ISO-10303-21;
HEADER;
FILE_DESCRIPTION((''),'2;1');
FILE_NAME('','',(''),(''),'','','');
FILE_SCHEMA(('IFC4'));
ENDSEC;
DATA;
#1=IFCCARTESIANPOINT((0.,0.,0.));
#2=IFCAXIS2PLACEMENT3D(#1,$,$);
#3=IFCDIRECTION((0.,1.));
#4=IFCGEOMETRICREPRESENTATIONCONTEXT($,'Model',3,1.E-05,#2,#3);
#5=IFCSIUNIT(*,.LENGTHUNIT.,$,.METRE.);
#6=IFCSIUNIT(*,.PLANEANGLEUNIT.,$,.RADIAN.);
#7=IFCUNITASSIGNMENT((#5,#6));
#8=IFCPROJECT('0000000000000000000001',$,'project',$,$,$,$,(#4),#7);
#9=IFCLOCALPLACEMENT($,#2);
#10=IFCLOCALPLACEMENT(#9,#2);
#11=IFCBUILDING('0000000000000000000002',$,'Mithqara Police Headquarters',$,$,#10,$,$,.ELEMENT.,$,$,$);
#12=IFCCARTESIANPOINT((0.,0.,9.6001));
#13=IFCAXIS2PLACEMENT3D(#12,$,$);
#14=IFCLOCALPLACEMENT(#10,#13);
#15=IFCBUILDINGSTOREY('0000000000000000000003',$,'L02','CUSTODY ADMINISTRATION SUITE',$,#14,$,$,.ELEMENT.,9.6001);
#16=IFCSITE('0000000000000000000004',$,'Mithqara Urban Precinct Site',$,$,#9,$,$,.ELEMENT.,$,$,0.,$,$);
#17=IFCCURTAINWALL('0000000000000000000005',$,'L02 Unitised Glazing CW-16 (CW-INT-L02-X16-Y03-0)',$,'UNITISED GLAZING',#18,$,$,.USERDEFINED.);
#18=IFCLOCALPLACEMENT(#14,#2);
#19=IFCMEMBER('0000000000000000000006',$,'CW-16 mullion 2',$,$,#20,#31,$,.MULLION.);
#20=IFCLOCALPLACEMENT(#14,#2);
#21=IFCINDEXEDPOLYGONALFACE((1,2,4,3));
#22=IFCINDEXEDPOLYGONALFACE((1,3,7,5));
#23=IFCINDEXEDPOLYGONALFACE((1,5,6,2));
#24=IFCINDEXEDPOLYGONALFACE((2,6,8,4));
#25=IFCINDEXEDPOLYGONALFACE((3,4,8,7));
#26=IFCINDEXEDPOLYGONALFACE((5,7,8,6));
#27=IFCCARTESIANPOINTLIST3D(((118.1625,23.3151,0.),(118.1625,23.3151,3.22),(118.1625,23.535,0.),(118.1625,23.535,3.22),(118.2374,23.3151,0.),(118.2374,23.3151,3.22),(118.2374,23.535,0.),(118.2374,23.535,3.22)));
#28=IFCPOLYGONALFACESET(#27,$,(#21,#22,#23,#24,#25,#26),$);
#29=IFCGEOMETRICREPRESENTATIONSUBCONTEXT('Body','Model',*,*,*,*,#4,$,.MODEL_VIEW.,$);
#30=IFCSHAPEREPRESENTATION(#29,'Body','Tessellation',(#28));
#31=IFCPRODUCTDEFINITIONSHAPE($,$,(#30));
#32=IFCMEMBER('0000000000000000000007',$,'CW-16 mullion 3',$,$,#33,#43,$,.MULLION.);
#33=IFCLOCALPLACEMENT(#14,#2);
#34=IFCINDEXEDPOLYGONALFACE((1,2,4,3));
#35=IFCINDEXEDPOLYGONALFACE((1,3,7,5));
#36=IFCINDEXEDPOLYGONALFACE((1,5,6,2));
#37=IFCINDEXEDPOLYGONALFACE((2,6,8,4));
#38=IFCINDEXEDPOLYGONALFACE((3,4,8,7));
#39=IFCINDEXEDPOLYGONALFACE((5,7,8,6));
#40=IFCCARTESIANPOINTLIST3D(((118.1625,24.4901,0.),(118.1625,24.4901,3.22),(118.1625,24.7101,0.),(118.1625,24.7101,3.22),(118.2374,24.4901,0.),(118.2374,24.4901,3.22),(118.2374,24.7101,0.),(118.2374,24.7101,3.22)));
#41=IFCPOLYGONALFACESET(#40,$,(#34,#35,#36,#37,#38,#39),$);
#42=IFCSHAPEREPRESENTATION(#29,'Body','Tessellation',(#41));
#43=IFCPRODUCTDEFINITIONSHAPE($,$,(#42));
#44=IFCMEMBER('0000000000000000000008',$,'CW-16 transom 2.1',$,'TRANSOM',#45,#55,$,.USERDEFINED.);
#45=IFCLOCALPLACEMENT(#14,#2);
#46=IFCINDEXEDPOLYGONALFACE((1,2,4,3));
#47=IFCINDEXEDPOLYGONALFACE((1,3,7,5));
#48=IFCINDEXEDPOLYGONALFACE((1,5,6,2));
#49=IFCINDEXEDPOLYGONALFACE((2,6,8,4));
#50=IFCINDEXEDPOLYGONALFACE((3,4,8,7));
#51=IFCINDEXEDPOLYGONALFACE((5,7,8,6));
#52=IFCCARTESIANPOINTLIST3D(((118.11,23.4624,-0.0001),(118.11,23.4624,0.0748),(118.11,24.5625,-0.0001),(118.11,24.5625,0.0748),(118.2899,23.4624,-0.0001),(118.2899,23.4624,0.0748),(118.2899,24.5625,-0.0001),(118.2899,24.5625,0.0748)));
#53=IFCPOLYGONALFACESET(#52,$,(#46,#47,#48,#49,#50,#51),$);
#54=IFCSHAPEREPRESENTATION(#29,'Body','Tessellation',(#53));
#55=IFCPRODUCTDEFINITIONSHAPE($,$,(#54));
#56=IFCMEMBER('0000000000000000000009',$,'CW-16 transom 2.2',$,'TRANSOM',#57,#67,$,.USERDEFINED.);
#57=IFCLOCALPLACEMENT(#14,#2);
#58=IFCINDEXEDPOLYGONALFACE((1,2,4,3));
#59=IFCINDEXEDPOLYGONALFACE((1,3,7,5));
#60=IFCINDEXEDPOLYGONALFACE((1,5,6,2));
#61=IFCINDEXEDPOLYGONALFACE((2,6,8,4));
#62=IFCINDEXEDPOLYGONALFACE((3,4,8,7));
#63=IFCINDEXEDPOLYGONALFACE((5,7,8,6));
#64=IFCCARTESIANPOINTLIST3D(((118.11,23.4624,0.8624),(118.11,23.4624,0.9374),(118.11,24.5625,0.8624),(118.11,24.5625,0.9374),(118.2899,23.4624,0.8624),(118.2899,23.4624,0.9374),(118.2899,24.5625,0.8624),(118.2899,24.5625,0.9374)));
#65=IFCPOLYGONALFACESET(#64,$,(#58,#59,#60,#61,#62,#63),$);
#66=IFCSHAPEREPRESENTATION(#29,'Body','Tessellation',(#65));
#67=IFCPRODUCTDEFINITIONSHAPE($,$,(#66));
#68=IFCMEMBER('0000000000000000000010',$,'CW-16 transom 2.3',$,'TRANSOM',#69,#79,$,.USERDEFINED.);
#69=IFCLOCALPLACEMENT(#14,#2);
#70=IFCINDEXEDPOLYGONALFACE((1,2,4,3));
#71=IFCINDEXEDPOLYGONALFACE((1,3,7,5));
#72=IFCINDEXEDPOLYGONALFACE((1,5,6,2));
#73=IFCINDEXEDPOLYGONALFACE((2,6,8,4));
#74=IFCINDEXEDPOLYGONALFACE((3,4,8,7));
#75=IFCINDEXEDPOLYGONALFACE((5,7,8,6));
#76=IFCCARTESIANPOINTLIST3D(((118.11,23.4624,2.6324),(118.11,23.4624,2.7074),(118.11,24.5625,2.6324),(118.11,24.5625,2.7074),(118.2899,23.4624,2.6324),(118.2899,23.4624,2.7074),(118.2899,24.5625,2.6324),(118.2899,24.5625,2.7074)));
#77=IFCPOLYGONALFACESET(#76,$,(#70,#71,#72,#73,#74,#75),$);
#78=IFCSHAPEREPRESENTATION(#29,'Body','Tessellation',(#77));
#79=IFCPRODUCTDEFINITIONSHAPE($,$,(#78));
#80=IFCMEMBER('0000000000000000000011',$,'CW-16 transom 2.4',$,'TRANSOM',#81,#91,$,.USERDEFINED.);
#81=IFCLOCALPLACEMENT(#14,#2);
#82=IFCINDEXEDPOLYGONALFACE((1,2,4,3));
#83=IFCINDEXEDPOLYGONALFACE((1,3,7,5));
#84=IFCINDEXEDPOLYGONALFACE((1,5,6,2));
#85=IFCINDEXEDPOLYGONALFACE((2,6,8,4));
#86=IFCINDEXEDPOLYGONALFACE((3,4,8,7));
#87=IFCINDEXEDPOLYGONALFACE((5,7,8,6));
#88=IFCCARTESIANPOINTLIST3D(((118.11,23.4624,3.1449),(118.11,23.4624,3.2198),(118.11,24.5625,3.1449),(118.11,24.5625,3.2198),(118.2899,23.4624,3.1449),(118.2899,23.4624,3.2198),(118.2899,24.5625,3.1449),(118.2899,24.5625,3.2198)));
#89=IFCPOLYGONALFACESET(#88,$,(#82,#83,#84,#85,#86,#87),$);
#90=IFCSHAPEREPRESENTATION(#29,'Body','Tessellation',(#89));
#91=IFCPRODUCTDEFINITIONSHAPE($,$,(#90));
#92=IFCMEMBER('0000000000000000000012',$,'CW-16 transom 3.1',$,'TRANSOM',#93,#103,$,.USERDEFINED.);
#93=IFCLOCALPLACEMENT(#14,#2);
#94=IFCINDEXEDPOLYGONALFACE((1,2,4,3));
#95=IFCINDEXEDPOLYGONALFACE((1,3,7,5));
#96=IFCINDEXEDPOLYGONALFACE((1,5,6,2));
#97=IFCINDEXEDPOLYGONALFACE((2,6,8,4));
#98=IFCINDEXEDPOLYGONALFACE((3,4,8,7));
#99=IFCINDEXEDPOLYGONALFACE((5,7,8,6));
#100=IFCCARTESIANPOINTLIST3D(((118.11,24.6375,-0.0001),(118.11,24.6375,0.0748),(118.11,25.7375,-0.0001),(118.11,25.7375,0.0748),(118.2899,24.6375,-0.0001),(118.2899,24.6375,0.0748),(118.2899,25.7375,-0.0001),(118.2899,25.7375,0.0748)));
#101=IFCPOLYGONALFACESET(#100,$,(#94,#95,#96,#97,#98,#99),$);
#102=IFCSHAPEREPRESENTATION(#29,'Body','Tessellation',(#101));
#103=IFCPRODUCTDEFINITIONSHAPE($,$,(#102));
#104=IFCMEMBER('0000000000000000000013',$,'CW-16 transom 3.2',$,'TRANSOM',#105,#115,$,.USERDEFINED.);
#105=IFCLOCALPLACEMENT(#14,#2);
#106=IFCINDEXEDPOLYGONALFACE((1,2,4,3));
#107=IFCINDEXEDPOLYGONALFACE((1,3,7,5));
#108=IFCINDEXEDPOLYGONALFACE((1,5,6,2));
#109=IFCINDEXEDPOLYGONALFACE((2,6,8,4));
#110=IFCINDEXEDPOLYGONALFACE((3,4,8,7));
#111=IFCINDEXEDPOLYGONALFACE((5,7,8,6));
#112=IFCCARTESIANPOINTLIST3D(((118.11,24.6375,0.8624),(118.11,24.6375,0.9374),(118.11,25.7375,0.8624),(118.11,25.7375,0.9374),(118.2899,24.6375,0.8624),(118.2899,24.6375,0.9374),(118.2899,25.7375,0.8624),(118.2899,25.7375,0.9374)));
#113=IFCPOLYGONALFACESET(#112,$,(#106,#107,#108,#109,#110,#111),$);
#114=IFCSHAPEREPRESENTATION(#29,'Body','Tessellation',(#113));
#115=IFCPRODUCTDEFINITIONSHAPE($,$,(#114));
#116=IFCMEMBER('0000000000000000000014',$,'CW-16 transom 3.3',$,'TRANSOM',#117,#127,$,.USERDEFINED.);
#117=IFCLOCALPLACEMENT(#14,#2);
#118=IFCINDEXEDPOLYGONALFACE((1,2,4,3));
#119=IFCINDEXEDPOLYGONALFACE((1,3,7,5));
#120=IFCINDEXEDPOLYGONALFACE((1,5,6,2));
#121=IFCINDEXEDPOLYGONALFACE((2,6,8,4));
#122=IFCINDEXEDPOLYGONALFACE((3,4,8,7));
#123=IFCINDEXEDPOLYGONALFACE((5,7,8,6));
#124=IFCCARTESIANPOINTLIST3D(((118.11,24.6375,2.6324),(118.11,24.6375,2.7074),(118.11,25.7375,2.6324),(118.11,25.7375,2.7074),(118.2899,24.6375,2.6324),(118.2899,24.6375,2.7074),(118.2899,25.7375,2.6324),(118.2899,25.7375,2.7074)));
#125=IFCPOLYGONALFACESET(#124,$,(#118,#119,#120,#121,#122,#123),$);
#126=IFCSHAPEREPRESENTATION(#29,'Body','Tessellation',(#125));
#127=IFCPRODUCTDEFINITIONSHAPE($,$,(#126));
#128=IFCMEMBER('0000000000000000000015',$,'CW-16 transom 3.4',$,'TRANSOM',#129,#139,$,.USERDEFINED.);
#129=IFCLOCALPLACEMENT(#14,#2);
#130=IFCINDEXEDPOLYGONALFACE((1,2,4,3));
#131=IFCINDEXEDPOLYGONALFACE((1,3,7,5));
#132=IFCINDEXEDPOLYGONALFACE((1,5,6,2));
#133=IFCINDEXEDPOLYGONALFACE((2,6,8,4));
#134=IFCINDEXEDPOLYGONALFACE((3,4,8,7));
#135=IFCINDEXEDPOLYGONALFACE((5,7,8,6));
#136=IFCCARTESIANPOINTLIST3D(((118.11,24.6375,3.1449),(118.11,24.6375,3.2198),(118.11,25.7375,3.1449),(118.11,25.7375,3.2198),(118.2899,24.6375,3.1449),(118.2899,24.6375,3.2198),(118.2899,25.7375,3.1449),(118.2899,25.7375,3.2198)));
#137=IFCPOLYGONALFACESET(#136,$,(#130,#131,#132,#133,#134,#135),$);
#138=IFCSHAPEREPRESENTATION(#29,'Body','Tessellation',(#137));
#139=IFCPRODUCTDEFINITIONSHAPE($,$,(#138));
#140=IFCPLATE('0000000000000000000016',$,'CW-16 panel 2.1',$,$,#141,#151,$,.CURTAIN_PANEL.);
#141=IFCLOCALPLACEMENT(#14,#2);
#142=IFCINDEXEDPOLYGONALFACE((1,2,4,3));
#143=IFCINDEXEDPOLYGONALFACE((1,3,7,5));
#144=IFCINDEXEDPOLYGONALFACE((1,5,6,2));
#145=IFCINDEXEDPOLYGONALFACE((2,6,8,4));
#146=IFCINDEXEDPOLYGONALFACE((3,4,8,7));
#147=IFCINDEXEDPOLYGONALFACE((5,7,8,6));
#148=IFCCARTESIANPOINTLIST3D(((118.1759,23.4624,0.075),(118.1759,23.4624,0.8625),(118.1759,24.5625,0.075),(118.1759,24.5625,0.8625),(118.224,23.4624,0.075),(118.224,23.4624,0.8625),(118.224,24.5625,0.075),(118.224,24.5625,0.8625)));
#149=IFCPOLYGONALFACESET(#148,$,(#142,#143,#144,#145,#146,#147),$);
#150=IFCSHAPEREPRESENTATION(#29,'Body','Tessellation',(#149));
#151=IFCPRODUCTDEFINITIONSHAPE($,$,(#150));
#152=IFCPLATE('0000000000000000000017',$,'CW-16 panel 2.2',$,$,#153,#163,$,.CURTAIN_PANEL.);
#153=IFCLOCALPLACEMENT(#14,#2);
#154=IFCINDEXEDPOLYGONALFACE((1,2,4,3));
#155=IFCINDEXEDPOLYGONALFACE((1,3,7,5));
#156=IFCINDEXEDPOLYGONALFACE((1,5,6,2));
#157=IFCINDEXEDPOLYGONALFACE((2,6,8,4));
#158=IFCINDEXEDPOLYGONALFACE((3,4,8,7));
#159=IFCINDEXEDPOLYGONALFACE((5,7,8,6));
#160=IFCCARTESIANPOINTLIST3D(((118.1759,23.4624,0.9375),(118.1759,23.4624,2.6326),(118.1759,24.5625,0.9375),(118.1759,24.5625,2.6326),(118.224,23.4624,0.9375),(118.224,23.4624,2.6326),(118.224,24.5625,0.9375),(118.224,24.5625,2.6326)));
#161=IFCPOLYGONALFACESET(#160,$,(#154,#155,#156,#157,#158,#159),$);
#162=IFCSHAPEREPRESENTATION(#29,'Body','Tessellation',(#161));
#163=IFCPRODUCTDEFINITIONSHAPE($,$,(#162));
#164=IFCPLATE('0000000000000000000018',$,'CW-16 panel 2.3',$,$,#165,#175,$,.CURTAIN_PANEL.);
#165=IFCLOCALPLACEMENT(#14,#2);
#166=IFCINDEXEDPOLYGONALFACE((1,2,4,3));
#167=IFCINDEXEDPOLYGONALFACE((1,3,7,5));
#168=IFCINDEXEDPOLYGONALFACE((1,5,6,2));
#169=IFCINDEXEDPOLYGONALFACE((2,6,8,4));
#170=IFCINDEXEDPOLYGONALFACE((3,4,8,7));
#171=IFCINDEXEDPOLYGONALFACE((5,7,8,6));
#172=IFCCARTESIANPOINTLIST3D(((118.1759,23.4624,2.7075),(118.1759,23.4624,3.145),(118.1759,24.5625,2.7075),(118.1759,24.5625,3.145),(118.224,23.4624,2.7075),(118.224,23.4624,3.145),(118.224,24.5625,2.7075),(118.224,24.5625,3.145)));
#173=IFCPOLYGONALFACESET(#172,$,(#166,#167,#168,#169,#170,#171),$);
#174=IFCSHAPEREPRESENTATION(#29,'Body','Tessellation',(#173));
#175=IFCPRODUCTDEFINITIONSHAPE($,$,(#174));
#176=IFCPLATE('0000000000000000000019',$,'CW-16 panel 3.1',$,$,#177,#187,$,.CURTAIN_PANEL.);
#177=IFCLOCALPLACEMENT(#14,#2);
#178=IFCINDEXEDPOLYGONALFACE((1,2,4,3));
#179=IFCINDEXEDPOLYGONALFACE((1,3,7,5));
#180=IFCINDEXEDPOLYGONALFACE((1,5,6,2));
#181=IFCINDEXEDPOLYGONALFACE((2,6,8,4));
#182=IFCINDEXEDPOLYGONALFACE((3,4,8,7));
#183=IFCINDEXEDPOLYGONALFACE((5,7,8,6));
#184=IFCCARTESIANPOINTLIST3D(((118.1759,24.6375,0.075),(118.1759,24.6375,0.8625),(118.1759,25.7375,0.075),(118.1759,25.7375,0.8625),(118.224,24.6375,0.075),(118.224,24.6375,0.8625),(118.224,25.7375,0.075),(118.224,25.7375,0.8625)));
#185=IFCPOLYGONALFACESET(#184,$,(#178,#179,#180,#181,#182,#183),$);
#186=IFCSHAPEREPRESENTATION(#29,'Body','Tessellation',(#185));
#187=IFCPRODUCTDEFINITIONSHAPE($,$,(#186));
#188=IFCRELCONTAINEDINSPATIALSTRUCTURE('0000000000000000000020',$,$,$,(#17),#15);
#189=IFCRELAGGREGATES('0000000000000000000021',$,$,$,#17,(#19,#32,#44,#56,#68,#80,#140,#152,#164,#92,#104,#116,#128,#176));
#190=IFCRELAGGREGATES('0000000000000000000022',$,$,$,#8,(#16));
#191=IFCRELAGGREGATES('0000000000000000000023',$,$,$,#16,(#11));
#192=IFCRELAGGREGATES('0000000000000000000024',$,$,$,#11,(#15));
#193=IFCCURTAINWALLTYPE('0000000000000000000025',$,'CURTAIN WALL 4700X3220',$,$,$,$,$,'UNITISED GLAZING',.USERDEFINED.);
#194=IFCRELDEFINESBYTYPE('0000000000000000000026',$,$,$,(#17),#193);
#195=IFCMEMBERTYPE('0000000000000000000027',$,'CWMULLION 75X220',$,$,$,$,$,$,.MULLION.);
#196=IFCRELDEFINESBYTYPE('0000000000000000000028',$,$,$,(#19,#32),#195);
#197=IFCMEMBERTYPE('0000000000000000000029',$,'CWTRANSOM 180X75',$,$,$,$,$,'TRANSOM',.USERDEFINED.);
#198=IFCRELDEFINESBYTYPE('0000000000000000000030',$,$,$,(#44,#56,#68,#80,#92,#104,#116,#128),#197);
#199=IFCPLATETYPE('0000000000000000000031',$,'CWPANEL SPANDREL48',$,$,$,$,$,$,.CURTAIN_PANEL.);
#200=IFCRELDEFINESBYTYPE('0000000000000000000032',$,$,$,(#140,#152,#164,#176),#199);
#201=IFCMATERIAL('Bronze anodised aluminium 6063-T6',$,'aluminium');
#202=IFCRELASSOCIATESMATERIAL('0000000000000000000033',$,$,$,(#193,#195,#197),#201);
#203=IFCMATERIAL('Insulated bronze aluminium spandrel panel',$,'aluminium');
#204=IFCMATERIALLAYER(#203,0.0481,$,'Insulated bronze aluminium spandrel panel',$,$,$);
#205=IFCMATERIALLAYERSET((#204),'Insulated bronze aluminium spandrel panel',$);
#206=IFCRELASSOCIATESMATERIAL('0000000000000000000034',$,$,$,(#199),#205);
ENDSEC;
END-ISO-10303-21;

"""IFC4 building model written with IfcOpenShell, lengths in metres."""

from ifc_helpers import new_model, si_unit, direction, frame, origin, origin_2d, place, context, subcontext, project, spatial, rectangle, extrude, material, layer, layer_set, material_profile, profile_set, type_object, element, aggregate, save


model = new_model("IFC4")

# Units and contexts
model_context = context("Model", 3, precision=1e-05, world=origin(), true_north=direction((0.0, 1.0)))
body_context = subcontext(model_context, "Body", "Model", "MODEL_VIEW")
ifc_project = project(units=[si_unit("LENGTHUNIT", "METRE"), si_unit("PLANEANGLEUNIT", "RADIAN")], contexts=[model_context])

# Site, building, storey
site_placement = place(None, origin())
site = spatial("IfcSite", under=ifc_project, at=site_placement, Name="Mithqara Urban Precinct Site", CompositionType="ELEMENT", RefElevation=0.0)
building_placement = place(site_placement, origin())
building = spatial("IfcBuilding", under=site, at=building_placement, Name="Mithqara Police Headquarters", CompositionType="ELEMENT")
storey_placement = place(building_placement, frame((0.0, 0.0, 9.6001)))
storey = spatial("IfcBuildingStorey", under=building, at=storey_placement, Name="L02", Description="CUSTODY ADMINISTRATION SUITE", CompositionType="ELEMENT", Elevation=9.6001)

# Curtain wall, members, plates
ifc_material_1 = material(Name="Bronze anodised aluminium 6063-T6", Category="aluminium")
curtain_wall_type = type_object("IfcCurtainWallType", Name="CURTAIN WALL 4700X3220", ElementType="UNITISED GLAZING", PredefinedType="USERDEFINED", material=ifc_material_1)
curtain_wall_placement = place(storey_placement, origin())
curtain_wall = element("IfcCurtainWall", 1, at=curtain_wall_placement, inside=storey, type_object=curtain_wall_type, Name="L02 Unitised Glazing CW-16 (CW-INT-L02-X16-Y03-0)", ObjectType="UNITISED GLAZING", PredefinedType="USERDEFINED")
ifc_material_profile_1 = material_profile(ifc_material_1, rectangle(XDim=0.075, YDim=0.22, at=origin_2d()), Name="CWM 75x220")
ifc_profile_set_1 = profile_set([ifc_material_profile_1], Name="Bronze anodised aluminium 6063-T6")
member_type_1 = type_object("IfcMemberType", Name="CWMULLION 75X220", PredefinedType="MULLION", material=ifc_profile_set_1)
member_1_placement = place(storey_placement, frame((118.2, 23.425, 0.0), z_axis=(0.0, 0.0, 1.0), x_axis=(-1.0, 0.0, 0.0)))
member_1 = element("IfcMember", 2, at=member_1_placement, type_object=member_type_1, Name="CW-16 mullion 2", PredefinedType="MULLION", context=body_context, shape_type="SweptSolid", body=[
    extrude(rectangle(XDim=0.075, YDim=0.22, at=origin_2d()), origin(), (0.0, 0.0, 1.0), 3.22),
])
member_2_placement = place(storey_placement, frame((118.2, 24.6001, 0.0), z_axis=(0.0, 0.0, 1.0), x_axis=(-1.0, 0.0, 0.0)))
member_2 = element("IfcMember", 3, at=member_2_placement, type_object=member_type_1, Name="CW-16 mullion 3", PredefinedType="MULLION", context=body_context, shape_type="SweptSolid", body=[
    extrude(rectangle(XDim=0.075, YDim=0.22, at=origin_2d()), origin(), (0.0, 0.0, 1.0), 3.22),
])
ifc_material_profile_2 = material_profile(ifc_material_1, rectangle(XDim=0.1799, YDim=0.075, at=origin_2d()), Name="CWT 180x75")
ifc_profile_set_2 = profile_set([ifc_material_profile_2], Name="Bronze anodised aluminium 6063-T6")
member_type_2 = type_object("IfcMemberType", Name="CWTRANSOM 180X75", ElementType="TRANSOM", PredefinedType="USERDEFINED", material=ifc_profile_set_2)
member_3_placement = place(storey_placement, frame((118.2, 23.4624, 0.0374), z_axis=(0.0, 1.0, 0.0), x_axis=(-1.0, 0.0, 0.0)))
member_3 = element("IfcMember", 4, at=member_3_placement, type_object=member_type_2, Name="CW-16 transom 2.1", ObjectType="TRANSOM", PredefinedType="USERDEFINED", context=body_context, shape_type="SweptSolid", body=[
    extrude(rectangle(XDim=0.1799, YDim=0.075, at=origin_2d()), origin(), (0.0, 0.0, 1.0), 1.1001),
])
member_4_placement = place(storey_placement, frame((118.2, 23.4624, 0.8999), z_axis=(0.0, 1.0, 0.0), x_axis=(-1.0, 0.0, 0.0)))
member_4 = element("IfcMember", 5, at=member_4_placement, type_object=member_type_2, Name="CW-16 transom 2.2", ObjectType="TRANSOM", PredefinedType="USERDEFINED", context=body_context, shape_type="SweptSolid", body=[
    extrude(rectangle(XDim=0.1799, YDim=0.075, at=origin_2d()), origin(), (0.0, 0.0, 1.0), 1.1001),
])
member_5_placement = place(storey_placement, frame((118.2, 23.4624, 2.6699), z_axis=(0.0, 1.0, 0.0), x_axis=(-1.0, 0.0, 0.0)))
member_5 = element("IfcMember", 6, at=member_5_placement, type_object=member_type_2, Name="CW-16 transom 2.3", ObjectType="TRANSOM", PredefinedType="USERDEFINED", context=body_context, shape_type="SweptSolid", body=[
    extrude(rectangle(XDim=0.1799, YDim=0.075, at=origin_2d()), origin(), (0.0, 0.0, 1.0), 1.1001),
])
member_6_placement = place(storey_placement, frame((118.2, 23.4624, 3.1824), z_axis=(0.0, 1.0, 0.0), x_axis=(-1.0, 0.0, 0.0)))
member_6 = element("IfcMember", 7, at=member_6_placement, type_object=member_type_2, Name="CW-16 transom 2.4", ObjectType="TRANSOM", PredefinedType="USERDEFINED", context=body_context, shape_type="SweptSolid", body=[
    extrude(rectangle(XDim=0.1799, YDim=0.075, at=origin_2d()), origin(), (0.0, 0.0, 1.0), 1.1001),
])
member_7_placement = place(storey_placement, frame((118.2, 24.6375, 0.0374), z_axis=(0.0, 1.0, 0.0), x_axis=(-1.0, 0.0, 0.0)))
member_7 = element("IfcMember", 8, at=member_7_placement, type_object=member_type_2, Name="CW-16 transom 3.1", ObjectType="TRANSOM", PredefinedType="USERDEFINED", context=body_context, shape_type="SweptSolid", body=[
    extrude(rectangle(XDim=0.1799, YDim=0.075, at=origin_2d()), origin(), (0.0, 0.0, 1.0), 1.1001),
])
member_8_placement = place(storey_placement, frame((118.2, 24.6375, 0.8999), z_axis=(0.0, 1.0, 0.0), x_axis=(-1.0, 0.0, 0.0)))
member_8 = element("IfcMember", 9, at=member_8_placement, type_object=member_type_2, Name="CW-16 transom 3.2", ObjectType="TRANSOM", PredefinedType="USERDEFINED", context=body_context, shape_type="SweptSolid", body=[
    extrude(rectangle(XDim=0.1799, YDim=0.075, at=origin_2d()), origin(), (0.0, 0.0, 1.0), 1.1001),
])
member_9_placement = place(storey_placement, frame((118.2, 24.6375, 2.6699), z_axis=(0.0, 1.0, 0.0), x_axis=(-1.0, 0.0, 0.0)))
member_9 = element("IfcMember", 10, at=member_9_placement, type_object=member_type_2, Name="CW-16 transom 3.3", ObjectType="TRANSOM", PredefinedType="USERDEFINED", context=body_context, shape_type="SweptSolid", body=[
    extrude(rectangle(XDim=0.1799, YDim=0.075, at=origin_2d()), origin(), (0.0, 0.0, 1.0), 1.1001),
])
member_10_placement = place(storey_placement, frame((118.2, 24.6375, 3.1824), z_axis=(0.0, 1.0, 0.0), x_axis=(-1.0, 0.0, 0.0)))
member_10 = element("IfcMember", 11, at=member_10_placement, type_object=member_type_2, Name="CW-16 transom 3.4", ObjectType="TRANSOM", PredefinedType="USERDEFINED", context=body_context, shape_type="SweptSolid", body=[
    extrude(rectangle(XDim=0.1799, YDim=0.075, at=origin_2d()), origin(), (0.0, 0.0, 1.0), 1.1001),
])
ifc_material_2 = material(Name="Insulated bronze aluminium spandrel panel", Category="aluminium")
ifc_layer = layer(ifc_material_2, 0.0481, Name="Insulated bronze aluminium spandrel panel")
ifc_layer_set = layer_set([ifc_layer], Name="Insulated bronze aluminium spandrel panel")
plate_type = type_object("IfcPlateType", Name="CWPANEL SPANDREL48", PredefinedType="CURTAIN_PANEL", material=ifc_layer_set)
plate_1_placement = place(storey_placement, frame((118.2, 24.0125, 0.075), z_axis=(0.0, 0.0, 1.0), x_axis=(0.0, 1.0, 0.0)))
plate_1 = element("IfcPlate", 12, at=plate_1_placement, type_object=plate_type, Name="CW-16 panel 2.1", PredefinedType="CURTAIN_PANEL", context=body_context, shape_type="SweptSolid", body=[
    extrude(rectangle(XDim=1.1001, YDim=0.0481, at=origin_2d()), origin(), (0.0, 0.0, 1.0), 0.7876),
])
plate_2_placement = place(storey_placement, frame((118.2, 24.0125, 0.9375), z_axis=(0.0, 0.0, 1.0), x_axis=(0.0, 1.0, 0.0)))
plate_2 = element("IfcPlate", 13, at=plate_2_placement, type_object=plate_type, Name="CW-16 panel 2.2", PredefinedType="CURTAIN_PANEL", context=body_context, shape_type="SweptSolid", body=[
    extrude(rectangle(XDim=1.1001, YDim=0.0481, at=origin_2d()), origin(), (0.0, 0.0, 1.0), 1.6951),
])
plate_3_placement = place(storey_placement, frame((118.2, 24.0125, 2.7075), z_axis=(0.0, 0.0, 1.0), x_axis=(0.0, 1.0, 0.0)))
plate_3 = element("IfcPlate", 14, at=plate_3_placement, type_object=plate_type, Name="CW-16 panel 2.3", PredefinedType="CURTAIN_PANEL", context=body_context, shape_type="SweptSolid", body=[
    extrude(rectangle(XDim=1.1001, YDim=0.0481, at=origin_2d()), origin(), (0.0, 0.0, 1.0), 0.4375),
])
plate_4_placement = place(storey_placement, frame((118.2, 25.1875, 0.075), z_axis=(0.0, 0.0, 1.0), x_axis=(0.0, 1.0, 0.0)))
plate_4 = element("IfcPlate", 15, at=plate_4_placement, type_object=plate_type, Name="CW-16 panel 3.1", PredefinedType="CURTAIN_PANEL", context=body_context, shape_type="SweptSolid", body=[
    extrude(rectangle(XDim=1.1001, YDim=0.0481, at=origin_2d()), origin(), (0.0, 0.0, 1.0), 0.7876),
])
aggregate(curtain_wall, [member_1, member_2, member_3, member_4, member_5, member_6, plate_1, plate_2, plate_3, member_7, member_8, member_9, member_10, plate_4])

save(model, "model.ifc")
